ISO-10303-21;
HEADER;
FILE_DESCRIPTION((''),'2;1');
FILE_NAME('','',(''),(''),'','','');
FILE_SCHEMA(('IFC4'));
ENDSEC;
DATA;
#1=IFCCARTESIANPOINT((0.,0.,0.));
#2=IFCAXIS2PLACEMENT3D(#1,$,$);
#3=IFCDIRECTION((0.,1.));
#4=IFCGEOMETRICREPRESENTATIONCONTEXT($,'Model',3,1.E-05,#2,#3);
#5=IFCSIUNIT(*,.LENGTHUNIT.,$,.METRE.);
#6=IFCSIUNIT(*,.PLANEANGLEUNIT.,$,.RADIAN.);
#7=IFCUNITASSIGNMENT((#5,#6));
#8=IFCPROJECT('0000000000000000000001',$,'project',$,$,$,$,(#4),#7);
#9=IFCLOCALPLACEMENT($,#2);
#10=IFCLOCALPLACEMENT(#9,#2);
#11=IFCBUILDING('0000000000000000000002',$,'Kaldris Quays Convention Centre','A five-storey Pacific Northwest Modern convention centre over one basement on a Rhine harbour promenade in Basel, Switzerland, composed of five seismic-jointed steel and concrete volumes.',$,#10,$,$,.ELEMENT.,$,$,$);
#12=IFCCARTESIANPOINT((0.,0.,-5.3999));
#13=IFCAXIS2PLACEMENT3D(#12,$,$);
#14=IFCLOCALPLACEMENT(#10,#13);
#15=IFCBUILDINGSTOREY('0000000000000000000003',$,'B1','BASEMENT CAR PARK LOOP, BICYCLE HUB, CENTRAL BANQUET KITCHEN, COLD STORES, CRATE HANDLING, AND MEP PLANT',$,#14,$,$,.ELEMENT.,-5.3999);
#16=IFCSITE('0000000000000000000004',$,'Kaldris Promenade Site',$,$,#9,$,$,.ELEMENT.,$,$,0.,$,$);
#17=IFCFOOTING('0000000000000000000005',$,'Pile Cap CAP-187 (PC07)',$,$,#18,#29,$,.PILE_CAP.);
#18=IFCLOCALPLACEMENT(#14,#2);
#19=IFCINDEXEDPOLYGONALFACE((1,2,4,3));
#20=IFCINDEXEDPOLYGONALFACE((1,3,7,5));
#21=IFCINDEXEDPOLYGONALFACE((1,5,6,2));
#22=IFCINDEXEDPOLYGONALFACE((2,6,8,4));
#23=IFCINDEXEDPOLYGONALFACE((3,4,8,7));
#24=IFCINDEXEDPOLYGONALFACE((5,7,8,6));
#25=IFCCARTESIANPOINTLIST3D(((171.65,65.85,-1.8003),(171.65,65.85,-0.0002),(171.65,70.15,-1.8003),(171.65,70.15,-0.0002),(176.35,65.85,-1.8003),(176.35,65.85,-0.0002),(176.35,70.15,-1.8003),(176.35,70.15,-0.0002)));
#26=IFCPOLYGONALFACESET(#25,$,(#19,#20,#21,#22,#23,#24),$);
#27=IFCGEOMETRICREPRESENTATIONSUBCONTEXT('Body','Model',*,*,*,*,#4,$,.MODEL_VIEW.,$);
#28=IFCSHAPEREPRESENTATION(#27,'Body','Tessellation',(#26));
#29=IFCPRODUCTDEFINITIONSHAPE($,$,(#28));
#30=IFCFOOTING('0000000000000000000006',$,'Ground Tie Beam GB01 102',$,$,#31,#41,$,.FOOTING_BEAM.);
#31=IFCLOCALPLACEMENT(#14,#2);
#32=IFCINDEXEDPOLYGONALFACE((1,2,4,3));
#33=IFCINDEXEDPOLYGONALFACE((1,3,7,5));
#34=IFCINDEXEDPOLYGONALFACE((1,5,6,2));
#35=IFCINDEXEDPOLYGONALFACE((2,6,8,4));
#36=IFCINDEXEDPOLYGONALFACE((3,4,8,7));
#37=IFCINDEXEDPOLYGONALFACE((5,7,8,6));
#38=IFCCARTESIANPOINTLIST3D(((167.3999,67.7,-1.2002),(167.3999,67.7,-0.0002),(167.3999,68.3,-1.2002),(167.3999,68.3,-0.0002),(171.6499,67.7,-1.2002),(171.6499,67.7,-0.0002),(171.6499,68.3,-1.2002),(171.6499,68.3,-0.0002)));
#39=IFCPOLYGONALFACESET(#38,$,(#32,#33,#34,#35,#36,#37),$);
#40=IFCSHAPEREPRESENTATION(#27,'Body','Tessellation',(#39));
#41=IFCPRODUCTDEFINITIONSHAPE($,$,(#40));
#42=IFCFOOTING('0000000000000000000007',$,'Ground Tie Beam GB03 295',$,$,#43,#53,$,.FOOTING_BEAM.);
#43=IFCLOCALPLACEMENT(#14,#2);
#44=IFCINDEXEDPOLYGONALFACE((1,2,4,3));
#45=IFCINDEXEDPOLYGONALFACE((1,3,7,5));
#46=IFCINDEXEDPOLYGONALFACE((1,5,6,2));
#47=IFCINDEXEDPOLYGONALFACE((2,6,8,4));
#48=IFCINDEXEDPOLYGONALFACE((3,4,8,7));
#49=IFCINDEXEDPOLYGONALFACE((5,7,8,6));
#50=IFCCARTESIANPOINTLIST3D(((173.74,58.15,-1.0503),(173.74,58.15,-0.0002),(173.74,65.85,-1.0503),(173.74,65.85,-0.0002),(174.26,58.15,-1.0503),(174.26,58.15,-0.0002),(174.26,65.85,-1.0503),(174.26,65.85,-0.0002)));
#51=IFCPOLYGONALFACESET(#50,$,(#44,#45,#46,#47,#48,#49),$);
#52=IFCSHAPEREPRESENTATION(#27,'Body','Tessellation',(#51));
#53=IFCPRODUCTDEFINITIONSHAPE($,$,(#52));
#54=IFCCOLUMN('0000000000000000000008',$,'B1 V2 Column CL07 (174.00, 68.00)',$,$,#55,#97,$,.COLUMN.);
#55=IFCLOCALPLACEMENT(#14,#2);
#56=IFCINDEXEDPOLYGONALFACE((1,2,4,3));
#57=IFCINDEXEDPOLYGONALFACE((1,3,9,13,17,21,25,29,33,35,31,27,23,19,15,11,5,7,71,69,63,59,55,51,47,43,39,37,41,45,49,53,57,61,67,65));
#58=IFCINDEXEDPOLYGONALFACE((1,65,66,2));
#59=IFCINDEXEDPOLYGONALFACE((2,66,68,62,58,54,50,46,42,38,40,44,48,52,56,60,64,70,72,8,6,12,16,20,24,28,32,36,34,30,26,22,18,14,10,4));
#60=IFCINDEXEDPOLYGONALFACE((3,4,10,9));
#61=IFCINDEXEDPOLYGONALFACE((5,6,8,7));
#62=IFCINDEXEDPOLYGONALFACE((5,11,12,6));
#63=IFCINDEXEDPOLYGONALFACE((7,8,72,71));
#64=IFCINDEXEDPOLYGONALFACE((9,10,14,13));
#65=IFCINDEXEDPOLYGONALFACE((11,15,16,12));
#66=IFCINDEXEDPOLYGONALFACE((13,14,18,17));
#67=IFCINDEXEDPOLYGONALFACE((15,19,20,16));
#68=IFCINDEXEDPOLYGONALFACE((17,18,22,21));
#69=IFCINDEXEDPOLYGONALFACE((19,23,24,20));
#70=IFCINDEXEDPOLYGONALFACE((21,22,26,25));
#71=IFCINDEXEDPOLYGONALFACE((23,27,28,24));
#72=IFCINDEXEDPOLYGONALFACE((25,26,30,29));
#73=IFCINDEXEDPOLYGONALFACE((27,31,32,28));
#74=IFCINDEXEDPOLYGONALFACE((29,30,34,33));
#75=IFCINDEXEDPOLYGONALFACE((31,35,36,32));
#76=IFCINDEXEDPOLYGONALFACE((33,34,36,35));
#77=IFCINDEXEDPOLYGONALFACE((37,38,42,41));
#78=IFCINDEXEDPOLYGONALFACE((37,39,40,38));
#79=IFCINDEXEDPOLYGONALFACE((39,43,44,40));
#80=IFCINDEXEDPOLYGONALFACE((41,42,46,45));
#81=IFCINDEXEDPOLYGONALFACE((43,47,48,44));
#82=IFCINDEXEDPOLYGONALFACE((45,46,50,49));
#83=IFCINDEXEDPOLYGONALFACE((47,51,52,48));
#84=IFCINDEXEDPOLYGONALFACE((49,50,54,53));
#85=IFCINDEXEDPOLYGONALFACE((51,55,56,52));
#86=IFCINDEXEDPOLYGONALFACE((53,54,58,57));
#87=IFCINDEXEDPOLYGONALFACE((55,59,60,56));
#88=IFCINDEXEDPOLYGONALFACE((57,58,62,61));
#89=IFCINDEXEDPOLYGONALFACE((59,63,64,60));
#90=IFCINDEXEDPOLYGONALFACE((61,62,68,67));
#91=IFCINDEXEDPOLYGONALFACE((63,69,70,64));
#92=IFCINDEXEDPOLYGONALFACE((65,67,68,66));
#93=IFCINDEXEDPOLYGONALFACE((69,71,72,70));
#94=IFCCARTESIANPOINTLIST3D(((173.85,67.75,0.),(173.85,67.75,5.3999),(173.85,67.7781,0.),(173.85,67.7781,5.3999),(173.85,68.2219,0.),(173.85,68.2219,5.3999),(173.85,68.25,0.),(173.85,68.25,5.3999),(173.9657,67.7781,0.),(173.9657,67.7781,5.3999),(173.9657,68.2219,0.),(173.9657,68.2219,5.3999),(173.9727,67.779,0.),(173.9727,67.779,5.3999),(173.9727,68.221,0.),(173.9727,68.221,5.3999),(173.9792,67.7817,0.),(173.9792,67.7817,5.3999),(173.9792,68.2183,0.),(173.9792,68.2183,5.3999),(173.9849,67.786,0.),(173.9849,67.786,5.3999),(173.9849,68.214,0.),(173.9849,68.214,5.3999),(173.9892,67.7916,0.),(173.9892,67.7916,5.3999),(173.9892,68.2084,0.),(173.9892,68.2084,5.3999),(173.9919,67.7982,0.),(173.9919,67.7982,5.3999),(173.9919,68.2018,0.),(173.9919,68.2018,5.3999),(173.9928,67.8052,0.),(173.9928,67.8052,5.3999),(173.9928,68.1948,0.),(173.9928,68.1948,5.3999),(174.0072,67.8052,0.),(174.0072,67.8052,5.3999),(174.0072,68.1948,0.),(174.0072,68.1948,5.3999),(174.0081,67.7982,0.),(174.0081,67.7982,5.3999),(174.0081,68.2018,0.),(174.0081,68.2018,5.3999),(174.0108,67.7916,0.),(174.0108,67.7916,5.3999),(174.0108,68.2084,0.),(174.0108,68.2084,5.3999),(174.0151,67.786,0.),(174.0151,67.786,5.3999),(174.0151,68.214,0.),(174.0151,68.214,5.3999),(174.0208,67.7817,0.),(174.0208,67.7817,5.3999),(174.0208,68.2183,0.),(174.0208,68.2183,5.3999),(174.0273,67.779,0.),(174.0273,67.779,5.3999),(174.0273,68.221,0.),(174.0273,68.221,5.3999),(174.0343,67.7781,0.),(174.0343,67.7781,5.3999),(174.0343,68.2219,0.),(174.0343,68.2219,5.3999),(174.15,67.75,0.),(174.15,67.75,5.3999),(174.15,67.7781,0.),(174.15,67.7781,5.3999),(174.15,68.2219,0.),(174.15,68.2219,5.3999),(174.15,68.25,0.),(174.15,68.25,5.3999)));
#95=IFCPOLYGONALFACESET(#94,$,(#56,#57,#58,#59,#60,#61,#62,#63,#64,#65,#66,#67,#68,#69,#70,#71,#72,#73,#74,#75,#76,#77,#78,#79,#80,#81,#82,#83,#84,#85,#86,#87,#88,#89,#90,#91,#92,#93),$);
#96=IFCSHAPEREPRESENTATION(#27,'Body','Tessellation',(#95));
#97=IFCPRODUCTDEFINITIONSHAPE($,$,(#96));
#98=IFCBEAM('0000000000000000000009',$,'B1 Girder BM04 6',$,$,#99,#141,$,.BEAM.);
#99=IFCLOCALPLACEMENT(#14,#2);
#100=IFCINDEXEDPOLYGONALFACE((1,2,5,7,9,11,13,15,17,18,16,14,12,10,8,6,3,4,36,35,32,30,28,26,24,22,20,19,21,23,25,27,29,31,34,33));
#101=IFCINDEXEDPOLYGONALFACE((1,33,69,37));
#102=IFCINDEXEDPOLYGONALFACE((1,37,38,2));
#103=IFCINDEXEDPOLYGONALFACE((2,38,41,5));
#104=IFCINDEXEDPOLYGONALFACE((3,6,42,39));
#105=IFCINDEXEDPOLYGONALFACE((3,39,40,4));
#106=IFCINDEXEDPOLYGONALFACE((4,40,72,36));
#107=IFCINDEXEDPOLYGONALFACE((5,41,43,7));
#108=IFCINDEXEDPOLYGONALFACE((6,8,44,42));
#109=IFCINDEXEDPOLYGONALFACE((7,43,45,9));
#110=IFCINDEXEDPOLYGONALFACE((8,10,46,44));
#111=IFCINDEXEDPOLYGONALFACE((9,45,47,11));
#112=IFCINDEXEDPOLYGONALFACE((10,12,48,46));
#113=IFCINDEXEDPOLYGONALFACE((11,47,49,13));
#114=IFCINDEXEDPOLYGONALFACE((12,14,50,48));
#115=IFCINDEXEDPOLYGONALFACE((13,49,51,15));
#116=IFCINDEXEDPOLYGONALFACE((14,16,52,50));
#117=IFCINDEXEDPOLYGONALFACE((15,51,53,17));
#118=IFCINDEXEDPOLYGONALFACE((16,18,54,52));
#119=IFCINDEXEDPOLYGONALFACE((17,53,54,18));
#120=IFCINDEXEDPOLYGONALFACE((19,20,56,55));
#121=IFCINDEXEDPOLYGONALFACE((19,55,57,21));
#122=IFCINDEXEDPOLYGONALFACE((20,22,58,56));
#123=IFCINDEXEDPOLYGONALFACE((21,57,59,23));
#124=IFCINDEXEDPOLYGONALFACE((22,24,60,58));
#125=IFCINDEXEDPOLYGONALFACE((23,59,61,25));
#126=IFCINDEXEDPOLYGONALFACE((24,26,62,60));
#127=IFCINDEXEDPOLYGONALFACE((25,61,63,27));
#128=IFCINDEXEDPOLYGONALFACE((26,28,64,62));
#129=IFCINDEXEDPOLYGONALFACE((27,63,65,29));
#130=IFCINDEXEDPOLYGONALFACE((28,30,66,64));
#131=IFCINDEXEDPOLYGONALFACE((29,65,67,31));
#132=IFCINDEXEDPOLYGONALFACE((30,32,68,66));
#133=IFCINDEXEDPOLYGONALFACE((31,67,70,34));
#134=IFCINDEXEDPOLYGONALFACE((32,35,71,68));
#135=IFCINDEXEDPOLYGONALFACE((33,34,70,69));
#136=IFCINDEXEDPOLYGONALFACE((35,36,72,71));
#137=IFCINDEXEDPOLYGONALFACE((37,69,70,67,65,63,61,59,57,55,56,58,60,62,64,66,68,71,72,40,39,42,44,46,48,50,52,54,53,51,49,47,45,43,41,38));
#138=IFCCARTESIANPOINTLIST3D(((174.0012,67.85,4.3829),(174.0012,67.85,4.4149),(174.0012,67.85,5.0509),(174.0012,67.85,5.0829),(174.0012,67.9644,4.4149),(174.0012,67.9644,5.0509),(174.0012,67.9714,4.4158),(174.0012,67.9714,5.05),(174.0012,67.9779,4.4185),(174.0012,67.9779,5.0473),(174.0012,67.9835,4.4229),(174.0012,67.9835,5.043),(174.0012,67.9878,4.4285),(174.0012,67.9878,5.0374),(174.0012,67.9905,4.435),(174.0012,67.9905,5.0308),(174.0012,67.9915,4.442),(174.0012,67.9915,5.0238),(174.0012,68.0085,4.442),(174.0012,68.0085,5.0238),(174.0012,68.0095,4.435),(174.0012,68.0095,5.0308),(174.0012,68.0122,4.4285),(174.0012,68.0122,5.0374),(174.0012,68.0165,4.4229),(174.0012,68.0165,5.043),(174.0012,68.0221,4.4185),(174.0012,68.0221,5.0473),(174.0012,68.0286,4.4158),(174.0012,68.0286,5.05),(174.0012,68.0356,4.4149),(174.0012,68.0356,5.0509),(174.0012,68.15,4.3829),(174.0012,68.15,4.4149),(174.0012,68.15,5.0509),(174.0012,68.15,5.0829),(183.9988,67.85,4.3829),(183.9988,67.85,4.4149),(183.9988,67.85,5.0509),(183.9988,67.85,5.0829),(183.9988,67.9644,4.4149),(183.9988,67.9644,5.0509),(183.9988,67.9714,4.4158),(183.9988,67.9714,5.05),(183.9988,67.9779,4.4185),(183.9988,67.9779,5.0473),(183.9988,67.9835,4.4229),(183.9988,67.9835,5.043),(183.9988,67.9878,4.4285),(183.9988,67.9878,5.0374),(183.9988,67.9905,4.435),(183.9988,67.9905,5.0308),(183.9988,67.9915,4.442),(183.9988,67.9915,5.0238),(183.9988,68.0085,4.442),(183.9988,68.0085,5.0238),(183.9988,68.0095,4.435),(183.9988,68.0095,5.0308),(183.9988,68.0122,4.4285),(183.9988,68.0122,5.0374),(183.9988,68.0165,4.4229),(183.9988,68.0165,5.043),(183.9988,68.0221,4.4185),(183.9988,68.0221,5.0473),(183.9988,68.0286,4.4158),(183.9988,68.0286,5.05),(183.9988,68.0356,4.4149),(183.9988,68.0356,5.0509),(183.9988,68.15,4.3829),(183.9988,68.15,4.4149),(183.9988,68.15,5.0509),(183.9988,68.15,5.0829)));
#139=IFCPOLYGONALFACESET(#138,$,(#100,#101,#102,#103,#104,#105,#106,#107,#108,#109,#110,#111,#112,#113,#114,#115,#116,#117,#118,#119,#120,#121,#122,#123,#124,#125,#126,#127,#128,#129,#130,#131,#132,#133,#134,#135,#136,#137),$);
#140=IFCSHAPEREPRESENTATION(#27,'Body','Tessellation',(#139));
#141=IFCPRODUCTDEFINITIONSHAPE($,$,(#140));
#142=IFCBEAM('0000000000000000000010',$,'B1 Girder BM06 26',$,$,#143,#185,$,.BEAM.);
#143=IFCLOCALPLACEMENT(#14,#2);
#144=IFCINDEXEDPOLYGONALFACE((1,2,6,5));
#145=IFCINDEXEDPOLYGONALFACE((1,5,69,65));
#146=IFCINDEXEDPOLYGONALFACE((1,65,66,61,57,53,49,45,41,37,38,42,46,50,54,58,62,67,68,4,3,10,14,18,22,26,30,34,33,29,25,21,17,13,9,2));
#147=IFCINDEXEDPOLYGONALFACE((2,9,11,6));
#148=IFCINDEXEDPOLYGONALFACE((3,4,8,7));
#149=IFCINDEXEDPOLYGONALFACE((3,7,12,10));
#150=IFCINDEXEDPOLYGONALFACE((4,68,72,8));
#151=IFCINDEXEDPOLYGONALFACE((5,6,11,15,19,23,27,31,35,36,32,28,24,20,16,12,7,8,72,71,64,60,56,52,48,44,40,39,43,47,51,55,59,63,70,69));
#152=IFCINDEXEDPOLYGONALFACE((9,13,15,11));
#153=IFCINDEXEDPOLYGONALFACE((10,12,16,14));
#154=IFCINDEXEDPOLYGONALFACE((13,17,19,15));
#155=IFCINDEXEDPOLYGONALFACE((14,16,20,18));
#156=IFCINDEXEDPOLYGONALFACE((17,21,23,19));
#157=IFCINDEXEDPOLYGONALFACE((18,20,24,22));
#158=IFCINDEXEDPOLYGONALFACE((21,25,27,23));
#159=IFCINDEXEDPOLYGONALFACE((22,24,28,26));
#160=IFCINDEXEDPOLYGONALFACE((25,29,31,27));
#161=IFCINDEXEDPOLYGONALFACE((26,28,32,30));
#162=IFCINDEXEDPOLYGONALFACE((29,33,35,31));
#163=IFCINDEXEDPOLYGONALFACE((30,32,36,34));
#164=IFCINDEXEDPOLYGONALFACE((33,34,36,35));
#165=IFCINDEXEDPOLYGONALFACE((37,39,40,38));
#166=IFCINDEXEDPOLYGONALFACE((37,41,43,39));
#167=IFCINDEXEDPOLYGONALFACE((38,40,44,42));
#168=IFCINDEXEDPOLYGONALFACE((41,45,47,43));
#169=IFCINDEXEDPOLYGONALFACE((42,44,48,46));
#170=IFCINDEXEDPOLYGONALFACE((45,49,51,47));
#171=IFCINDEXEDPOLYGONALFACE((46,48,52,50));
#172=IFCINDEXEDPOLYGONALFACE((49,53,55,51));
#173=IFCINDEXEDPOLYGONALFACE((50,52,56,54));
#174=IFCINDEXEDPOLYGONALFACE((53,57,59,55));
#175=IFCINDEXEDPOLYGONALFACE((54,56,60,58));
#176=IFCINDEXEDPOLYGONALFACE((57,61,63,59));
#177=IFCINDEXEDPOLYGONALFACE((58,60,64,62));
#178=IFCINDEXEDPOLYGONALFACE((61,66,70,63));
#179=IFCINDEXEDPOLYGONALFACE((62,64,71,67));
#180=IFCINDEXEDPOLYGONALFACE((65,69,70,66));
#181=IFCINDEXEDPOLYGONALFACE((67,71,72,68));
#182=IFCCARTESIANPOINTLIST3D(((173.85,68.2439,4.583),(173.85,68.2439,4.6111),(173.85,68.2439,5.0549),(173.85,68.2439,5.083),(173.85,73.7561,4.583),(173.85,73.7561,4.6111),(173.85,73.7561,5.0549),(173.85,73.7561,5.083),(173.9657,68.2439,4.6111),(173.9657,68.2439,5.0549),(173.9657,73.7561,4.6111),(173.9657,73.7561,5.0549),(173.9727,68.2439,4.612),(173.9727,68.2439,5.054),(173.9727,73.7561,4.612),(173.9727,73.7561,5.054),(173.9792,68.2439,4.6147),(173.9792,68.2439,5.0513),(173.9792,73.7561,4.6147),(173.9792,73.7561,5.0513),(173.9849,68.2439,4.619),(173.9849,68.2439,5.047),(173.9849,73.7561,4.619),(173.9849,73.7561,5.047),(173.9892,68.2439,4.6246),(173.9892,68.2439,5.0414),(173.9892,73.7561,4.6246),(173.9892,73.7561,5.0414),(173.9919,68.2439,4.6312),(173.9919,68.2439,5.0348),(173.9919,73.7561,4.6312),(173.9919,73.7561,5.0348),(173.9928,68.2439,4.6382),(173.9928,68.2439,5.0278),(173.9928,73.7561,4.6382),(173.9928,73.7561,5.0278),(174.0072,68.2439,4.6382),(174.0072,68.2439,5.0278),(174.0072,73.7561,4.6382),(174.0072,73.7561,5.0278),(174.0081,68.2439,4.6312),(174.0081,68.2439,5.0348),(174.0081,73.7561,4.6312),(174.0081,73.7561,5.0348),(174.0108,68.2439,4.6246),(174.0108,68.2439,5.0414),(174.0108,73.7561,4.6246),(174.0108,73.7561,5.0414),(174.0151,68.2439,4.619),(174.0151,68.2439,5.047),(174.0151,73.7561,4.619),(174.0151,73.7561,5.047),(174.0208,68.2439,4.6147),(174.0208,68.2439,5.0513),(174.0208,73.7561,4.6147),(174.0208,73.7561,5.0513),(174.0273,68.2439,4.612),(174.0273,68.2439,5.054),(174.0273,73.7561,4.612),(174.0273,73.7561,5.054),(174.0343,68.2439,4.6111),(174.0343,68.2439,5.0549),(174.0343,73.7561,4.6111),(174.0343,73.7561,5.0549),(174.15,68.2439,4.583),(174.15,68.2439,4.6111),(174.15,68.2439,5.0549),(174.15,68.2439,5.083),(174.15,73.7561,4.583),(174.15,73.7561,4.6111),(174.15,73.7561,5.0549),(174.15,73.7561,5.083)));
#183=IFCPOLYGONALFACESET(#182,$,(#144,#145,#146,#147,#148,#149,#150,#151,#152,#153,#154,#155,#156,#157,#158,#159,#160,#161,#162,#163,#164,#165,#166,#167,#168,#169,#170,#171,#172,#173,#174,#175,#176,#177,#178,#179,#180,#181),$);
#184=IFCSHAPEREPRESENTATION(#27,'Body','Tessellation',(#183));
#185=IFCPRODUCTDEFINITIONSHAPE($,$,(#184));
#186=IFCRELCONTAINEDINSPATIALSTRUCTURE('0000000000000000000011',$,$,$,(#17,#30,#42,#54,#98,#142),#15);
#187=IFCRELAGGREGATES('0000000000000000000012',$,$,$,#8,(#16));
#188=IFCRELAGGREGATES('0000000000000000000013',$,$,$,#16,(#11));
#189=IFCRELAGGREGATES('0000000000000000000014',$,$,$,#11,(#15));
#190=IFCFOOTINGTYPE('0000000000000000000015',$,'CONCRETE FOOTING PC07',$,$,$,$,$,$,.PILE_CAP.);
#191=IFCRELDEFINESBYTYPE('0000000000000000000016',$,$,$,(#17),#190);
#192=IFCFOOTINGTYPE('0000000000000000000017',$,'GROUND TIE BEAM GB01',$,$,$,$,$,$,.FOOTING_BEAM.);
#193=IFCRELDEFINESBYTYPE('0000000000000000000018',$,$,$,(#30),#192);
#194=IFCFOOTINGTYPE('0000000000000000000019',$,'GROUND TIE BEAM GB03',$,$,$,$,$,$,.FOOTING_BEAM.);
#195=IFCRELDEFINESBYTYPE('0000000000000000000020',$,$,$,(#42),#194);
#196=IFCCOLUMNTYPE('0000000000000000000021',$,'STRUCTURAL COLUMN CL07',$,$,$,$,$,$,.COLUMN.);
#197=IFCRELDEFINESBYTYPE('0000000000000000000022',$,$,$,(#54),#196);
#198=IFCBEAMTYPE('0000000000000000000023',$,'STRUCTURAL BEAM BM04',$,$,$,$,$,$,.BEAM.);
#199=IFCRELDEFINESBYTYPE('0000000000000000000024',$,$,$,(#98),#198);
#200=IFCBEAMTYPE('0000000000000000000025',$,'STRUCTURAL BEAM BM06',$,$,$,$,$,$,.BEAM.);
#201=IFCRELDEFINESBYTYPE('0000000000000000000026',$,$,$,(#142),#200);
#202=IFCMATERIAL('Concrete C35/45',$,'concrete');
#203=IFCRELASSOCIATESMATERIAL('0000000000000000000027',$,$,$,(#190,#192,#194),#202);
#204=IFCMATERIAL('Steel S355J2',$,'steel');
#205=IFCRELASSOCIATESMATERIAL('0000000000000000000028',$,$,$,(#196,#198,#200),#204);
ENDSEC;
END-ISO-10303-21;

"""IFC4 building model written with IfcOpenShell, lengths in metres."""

from ifc_helpers import new_model, si_unit, direction, frame, origin, origin_2d, place, context, subcontext, project, spatial, rectangle, i_section, extrude, material, material_profile, profile_set, type_object, element, save


model = new_model("IFC4")

# Units and contexts
model_context = context("Model", 3, precision=1e-05, world=origin(), true_north=direction((0.0, 1.0)))
body_context = subcontext(model_context, "Body", "Model", "MODEL_VIEW")
ifc_project = project(units=[si_unit("LENGTHUNIT", "METRE"), si_unit("PLANEANGLEUNIT", "RADIAN")], contexts=[model_context])

# Site, building, storey
site_placement = place(None, origin())
site = spatial("IfcSite", under=ifc_project, at=site_placement, Name="Kaldris Promenade Site", CompositionType="ELEMENT", RefElevation=0.0)
building_placement = place(site_placement, origin())
building = spatial("IfcBuilding", under=site, at=building_placement, Name="Kaldris Quays Convention Centre", Description="A five-storey Pacific Northwest Modern convention centre over one basement on a Rhine harbour promenade in Basel, Switzerland, composed of five seismic-jointed steel and concrete volumes.", CompositionType="ELEMENT")
storey_placement = place(building_placement, frame((0.0, 0.0, -5.3999)))
storey = spatial("IfcBuildingStorey", under=building, at=storey_placement, Name="B1", Description="BASEMENT CAR PARK LOOP, BICYCLE HUB, CENTRAL BANQUET KITCHEN, COLD STORES, CRATE HANDLING, AND MEP PLANT", CompositionType="ELEMENT", Elevation=-5.3999)

# Shared definitions
ifc_material_1 = material(Name="Concrete C35/45", Category="concrete")

# Footings
footing_type_1 = type_object("IfcFootingType", Name="CONCRETE FOOTING PC07", PredefinedType="PILE_CAP", material=ifc_material_1)
footing_1_placement = place(storey_placement, frame((174.0, 68.0, -1.8003), z_axis=(0.0, 0.0, 1.0), x_axis=(1.0, 0.0, 0.0)))
element("IfcFooting", 1, at=footing_1_placement, inside=storey, type_object=footing_type_1, Name="Pile Cap CAP-187 (PC07)", PredefinedType="PILE_CAP", context=body_context, shape_type="SweptSolid", body=[
    extrude(rectangle(XDim=4.7, YDim=4.3, at=origin_2d()), origin(), (0.0, 0.0, 1.0), 1.8),
])
footing_type_2 = type_object("IfcFootingType", Name="GROUND TIE BEAM GB01", PredefinedType="FOOTING_BEAM", material=ifc_material_1)
footing_2_placement = place(storey_placement, frame((169.5249, 68.0, -1.2002), z_axis=(0.0, 0.0, 1.0), x_axis=(1.0, 0.0, 0.0)))
element("IfcFooting", 2, at=footing_2_placement, inside=storey, type_object=footing_type_2, Name="Ground Tie Beam GB01 102", PredefinedType="FOOTING_BEAM", context=body_context, shape_type="SweptSolid", body=[
    extrude(rectangle(XDim=4.25, YDim=0.6001, at=origin_2d()), origin(), (0.0, 0.0, 1.0), 1.2),
])
footing_type_3 = type_object("IfcFootingType", Name="GROUND TIE BEAM GB03", PredefinedType="FOOTING_BEAM", material=ifc_material_1)
footing_3_placement = place(storey_placement, frame((174.0, 62.0, -1.0503), z_axis=(0.0, 0.0, 1.0), x_axis=(1.0, 0.0, 0.0)))
element("IfcFooting", 3, at=footing_3_placement, inside=storey, type_object=footing_type_3, Name="Ground Tie Beam GB03 295", PredefinedType="FOOTING_BEAM", context=body_context, shape_type="SweptSolid", body=[
    extrude(rectangle(XDim=0.52, YDim=7.7, at=origin_2d()), origin(), (0.0, 0.0, 1.0), 1.05),
])

# Column
ifc_material_2 = material(Name="Steel S355J2", Category="steel")
ifc_material_profile_1 = material_profile(ifc_material_2, i_section(OverallWidth=0.3, OverallDepth=0.5, WebThickness=0.0144, FlangeThickness=0.0281, FilletRadius=0.0271, at=origin_2d()), Name="HEB 500")
ifc_profile_set_1 = profile_set([ifc_material_profile_1], Name="Steel S355J2")
column_type = type_object("IfcColumnType", Name="STRUCTURAL COLUMN CL07", PredefinedType="COLUMN", material=ifc_profile_set_1)
column_placement = place(storey_placement, frame((174.0, 68.0, 0.0), z_axis=(0.0, 0.0, 1.0), x_axis=(1.0, 0.0, 0.0)))
element("IfcColumn", 4, at=column_placement, inside=storey, type_object=column_type, Name="B1 V2 Column CL07 (174.00, 68.00)", PredefinedType="COLUMN", context=body_context, shape_type="SweptSolid", body=[
    extrude(i_section(OverallWidth=0.3, OverallDepth=0.5, WebThickness=0.0144, FlangeThickness=0.0281, FilletRadius=0.0271, at=origin_2d()), origin(), (0.0, 0.0, 1.0), 5.3999),
])

# Beams
ifc_material_profile_2 = material_profile(ifc_material_2, i_section(OverallWidth=0.3, OverallDepth=0.7, WebThickness=0.0171, FlangeThickness=0.032, FilletRadius=0.0271, at=origin_2d()), Name="HEB 700")
ifc_profile_set_2 = profile_set([ifc_material_profile_2], Name="Steel S355J2")
beam_type_1 = type_object("IfcBeamType", Name="STRUCTURAL BEAM BM04", PredefinedType="BEAM", material=ifc_profile_set_2)
beam_1_placement = place(storey_placement, frame((174.0012, 68.0, 4.7329), z_axis=(1.0, 0.0, 0.0), x_axis=(0.0, 1.0, 0.0)))
element("IfcBeam", 5, at=beam_1_placement, inside=storey, type_object=beam_type_1, Name="B1 Girder BM04 6", PredefinedType="BEAM", context=body_context, shape_type="SweptSolid", body=[
    extrude(i_section(OverallWidth=0.3, OverallDepth=0.7, WebThickness=0.0171, FlangeThickness=0.032, FilletRadius=0.0271, at=origin_2d()), origin(), (0.0, 0.0, 1.0), 9.9976),
])
ifc_material_profile_3 = material_profile(ifc_material_2, i_section(OverallWidth=0.3, OverallDepth=0.5, WebThickness=0.0144, FlangeThickness=0.0281, FilletRadius=0.0271, at=origin_2d()), Name="HEB 500")
ifc_profile_set_3 = profile_set([ifc_material_profile_3], Name="Steel S355J2")
beam_type_2 = type_object("IfcBeamType", Name="STRUCTURAL BEAM BM06", PredefinedType="BEAM", material=ifc_profile_set_3)
beam_2_placement = place(storey_placement, frame((174.0, 68.2439, 4.833), z_axis=(0.0, 1.0, 0.0), x_axis=(-1.0, 0.0, 0.0)))
element("IfcBeam", 6, at=beam_2_placement, inside=storey, type_object=beam_type_2, Name="B1 Girder BM06 26", PredefinedType="BEAM", context=body_context, shape_type="SweptSolid", body=[
    extrude(i_section(OverallWidth=0.3, OverallDepth=0.5, WebThickness=0.0144, FlangeThickness=0.0281, FilletRadius=0.0271, at=origin_2d()), origin(), (0.0, 0.0, 1.0), 5.5122),
])

save(model, "model.ifc")
